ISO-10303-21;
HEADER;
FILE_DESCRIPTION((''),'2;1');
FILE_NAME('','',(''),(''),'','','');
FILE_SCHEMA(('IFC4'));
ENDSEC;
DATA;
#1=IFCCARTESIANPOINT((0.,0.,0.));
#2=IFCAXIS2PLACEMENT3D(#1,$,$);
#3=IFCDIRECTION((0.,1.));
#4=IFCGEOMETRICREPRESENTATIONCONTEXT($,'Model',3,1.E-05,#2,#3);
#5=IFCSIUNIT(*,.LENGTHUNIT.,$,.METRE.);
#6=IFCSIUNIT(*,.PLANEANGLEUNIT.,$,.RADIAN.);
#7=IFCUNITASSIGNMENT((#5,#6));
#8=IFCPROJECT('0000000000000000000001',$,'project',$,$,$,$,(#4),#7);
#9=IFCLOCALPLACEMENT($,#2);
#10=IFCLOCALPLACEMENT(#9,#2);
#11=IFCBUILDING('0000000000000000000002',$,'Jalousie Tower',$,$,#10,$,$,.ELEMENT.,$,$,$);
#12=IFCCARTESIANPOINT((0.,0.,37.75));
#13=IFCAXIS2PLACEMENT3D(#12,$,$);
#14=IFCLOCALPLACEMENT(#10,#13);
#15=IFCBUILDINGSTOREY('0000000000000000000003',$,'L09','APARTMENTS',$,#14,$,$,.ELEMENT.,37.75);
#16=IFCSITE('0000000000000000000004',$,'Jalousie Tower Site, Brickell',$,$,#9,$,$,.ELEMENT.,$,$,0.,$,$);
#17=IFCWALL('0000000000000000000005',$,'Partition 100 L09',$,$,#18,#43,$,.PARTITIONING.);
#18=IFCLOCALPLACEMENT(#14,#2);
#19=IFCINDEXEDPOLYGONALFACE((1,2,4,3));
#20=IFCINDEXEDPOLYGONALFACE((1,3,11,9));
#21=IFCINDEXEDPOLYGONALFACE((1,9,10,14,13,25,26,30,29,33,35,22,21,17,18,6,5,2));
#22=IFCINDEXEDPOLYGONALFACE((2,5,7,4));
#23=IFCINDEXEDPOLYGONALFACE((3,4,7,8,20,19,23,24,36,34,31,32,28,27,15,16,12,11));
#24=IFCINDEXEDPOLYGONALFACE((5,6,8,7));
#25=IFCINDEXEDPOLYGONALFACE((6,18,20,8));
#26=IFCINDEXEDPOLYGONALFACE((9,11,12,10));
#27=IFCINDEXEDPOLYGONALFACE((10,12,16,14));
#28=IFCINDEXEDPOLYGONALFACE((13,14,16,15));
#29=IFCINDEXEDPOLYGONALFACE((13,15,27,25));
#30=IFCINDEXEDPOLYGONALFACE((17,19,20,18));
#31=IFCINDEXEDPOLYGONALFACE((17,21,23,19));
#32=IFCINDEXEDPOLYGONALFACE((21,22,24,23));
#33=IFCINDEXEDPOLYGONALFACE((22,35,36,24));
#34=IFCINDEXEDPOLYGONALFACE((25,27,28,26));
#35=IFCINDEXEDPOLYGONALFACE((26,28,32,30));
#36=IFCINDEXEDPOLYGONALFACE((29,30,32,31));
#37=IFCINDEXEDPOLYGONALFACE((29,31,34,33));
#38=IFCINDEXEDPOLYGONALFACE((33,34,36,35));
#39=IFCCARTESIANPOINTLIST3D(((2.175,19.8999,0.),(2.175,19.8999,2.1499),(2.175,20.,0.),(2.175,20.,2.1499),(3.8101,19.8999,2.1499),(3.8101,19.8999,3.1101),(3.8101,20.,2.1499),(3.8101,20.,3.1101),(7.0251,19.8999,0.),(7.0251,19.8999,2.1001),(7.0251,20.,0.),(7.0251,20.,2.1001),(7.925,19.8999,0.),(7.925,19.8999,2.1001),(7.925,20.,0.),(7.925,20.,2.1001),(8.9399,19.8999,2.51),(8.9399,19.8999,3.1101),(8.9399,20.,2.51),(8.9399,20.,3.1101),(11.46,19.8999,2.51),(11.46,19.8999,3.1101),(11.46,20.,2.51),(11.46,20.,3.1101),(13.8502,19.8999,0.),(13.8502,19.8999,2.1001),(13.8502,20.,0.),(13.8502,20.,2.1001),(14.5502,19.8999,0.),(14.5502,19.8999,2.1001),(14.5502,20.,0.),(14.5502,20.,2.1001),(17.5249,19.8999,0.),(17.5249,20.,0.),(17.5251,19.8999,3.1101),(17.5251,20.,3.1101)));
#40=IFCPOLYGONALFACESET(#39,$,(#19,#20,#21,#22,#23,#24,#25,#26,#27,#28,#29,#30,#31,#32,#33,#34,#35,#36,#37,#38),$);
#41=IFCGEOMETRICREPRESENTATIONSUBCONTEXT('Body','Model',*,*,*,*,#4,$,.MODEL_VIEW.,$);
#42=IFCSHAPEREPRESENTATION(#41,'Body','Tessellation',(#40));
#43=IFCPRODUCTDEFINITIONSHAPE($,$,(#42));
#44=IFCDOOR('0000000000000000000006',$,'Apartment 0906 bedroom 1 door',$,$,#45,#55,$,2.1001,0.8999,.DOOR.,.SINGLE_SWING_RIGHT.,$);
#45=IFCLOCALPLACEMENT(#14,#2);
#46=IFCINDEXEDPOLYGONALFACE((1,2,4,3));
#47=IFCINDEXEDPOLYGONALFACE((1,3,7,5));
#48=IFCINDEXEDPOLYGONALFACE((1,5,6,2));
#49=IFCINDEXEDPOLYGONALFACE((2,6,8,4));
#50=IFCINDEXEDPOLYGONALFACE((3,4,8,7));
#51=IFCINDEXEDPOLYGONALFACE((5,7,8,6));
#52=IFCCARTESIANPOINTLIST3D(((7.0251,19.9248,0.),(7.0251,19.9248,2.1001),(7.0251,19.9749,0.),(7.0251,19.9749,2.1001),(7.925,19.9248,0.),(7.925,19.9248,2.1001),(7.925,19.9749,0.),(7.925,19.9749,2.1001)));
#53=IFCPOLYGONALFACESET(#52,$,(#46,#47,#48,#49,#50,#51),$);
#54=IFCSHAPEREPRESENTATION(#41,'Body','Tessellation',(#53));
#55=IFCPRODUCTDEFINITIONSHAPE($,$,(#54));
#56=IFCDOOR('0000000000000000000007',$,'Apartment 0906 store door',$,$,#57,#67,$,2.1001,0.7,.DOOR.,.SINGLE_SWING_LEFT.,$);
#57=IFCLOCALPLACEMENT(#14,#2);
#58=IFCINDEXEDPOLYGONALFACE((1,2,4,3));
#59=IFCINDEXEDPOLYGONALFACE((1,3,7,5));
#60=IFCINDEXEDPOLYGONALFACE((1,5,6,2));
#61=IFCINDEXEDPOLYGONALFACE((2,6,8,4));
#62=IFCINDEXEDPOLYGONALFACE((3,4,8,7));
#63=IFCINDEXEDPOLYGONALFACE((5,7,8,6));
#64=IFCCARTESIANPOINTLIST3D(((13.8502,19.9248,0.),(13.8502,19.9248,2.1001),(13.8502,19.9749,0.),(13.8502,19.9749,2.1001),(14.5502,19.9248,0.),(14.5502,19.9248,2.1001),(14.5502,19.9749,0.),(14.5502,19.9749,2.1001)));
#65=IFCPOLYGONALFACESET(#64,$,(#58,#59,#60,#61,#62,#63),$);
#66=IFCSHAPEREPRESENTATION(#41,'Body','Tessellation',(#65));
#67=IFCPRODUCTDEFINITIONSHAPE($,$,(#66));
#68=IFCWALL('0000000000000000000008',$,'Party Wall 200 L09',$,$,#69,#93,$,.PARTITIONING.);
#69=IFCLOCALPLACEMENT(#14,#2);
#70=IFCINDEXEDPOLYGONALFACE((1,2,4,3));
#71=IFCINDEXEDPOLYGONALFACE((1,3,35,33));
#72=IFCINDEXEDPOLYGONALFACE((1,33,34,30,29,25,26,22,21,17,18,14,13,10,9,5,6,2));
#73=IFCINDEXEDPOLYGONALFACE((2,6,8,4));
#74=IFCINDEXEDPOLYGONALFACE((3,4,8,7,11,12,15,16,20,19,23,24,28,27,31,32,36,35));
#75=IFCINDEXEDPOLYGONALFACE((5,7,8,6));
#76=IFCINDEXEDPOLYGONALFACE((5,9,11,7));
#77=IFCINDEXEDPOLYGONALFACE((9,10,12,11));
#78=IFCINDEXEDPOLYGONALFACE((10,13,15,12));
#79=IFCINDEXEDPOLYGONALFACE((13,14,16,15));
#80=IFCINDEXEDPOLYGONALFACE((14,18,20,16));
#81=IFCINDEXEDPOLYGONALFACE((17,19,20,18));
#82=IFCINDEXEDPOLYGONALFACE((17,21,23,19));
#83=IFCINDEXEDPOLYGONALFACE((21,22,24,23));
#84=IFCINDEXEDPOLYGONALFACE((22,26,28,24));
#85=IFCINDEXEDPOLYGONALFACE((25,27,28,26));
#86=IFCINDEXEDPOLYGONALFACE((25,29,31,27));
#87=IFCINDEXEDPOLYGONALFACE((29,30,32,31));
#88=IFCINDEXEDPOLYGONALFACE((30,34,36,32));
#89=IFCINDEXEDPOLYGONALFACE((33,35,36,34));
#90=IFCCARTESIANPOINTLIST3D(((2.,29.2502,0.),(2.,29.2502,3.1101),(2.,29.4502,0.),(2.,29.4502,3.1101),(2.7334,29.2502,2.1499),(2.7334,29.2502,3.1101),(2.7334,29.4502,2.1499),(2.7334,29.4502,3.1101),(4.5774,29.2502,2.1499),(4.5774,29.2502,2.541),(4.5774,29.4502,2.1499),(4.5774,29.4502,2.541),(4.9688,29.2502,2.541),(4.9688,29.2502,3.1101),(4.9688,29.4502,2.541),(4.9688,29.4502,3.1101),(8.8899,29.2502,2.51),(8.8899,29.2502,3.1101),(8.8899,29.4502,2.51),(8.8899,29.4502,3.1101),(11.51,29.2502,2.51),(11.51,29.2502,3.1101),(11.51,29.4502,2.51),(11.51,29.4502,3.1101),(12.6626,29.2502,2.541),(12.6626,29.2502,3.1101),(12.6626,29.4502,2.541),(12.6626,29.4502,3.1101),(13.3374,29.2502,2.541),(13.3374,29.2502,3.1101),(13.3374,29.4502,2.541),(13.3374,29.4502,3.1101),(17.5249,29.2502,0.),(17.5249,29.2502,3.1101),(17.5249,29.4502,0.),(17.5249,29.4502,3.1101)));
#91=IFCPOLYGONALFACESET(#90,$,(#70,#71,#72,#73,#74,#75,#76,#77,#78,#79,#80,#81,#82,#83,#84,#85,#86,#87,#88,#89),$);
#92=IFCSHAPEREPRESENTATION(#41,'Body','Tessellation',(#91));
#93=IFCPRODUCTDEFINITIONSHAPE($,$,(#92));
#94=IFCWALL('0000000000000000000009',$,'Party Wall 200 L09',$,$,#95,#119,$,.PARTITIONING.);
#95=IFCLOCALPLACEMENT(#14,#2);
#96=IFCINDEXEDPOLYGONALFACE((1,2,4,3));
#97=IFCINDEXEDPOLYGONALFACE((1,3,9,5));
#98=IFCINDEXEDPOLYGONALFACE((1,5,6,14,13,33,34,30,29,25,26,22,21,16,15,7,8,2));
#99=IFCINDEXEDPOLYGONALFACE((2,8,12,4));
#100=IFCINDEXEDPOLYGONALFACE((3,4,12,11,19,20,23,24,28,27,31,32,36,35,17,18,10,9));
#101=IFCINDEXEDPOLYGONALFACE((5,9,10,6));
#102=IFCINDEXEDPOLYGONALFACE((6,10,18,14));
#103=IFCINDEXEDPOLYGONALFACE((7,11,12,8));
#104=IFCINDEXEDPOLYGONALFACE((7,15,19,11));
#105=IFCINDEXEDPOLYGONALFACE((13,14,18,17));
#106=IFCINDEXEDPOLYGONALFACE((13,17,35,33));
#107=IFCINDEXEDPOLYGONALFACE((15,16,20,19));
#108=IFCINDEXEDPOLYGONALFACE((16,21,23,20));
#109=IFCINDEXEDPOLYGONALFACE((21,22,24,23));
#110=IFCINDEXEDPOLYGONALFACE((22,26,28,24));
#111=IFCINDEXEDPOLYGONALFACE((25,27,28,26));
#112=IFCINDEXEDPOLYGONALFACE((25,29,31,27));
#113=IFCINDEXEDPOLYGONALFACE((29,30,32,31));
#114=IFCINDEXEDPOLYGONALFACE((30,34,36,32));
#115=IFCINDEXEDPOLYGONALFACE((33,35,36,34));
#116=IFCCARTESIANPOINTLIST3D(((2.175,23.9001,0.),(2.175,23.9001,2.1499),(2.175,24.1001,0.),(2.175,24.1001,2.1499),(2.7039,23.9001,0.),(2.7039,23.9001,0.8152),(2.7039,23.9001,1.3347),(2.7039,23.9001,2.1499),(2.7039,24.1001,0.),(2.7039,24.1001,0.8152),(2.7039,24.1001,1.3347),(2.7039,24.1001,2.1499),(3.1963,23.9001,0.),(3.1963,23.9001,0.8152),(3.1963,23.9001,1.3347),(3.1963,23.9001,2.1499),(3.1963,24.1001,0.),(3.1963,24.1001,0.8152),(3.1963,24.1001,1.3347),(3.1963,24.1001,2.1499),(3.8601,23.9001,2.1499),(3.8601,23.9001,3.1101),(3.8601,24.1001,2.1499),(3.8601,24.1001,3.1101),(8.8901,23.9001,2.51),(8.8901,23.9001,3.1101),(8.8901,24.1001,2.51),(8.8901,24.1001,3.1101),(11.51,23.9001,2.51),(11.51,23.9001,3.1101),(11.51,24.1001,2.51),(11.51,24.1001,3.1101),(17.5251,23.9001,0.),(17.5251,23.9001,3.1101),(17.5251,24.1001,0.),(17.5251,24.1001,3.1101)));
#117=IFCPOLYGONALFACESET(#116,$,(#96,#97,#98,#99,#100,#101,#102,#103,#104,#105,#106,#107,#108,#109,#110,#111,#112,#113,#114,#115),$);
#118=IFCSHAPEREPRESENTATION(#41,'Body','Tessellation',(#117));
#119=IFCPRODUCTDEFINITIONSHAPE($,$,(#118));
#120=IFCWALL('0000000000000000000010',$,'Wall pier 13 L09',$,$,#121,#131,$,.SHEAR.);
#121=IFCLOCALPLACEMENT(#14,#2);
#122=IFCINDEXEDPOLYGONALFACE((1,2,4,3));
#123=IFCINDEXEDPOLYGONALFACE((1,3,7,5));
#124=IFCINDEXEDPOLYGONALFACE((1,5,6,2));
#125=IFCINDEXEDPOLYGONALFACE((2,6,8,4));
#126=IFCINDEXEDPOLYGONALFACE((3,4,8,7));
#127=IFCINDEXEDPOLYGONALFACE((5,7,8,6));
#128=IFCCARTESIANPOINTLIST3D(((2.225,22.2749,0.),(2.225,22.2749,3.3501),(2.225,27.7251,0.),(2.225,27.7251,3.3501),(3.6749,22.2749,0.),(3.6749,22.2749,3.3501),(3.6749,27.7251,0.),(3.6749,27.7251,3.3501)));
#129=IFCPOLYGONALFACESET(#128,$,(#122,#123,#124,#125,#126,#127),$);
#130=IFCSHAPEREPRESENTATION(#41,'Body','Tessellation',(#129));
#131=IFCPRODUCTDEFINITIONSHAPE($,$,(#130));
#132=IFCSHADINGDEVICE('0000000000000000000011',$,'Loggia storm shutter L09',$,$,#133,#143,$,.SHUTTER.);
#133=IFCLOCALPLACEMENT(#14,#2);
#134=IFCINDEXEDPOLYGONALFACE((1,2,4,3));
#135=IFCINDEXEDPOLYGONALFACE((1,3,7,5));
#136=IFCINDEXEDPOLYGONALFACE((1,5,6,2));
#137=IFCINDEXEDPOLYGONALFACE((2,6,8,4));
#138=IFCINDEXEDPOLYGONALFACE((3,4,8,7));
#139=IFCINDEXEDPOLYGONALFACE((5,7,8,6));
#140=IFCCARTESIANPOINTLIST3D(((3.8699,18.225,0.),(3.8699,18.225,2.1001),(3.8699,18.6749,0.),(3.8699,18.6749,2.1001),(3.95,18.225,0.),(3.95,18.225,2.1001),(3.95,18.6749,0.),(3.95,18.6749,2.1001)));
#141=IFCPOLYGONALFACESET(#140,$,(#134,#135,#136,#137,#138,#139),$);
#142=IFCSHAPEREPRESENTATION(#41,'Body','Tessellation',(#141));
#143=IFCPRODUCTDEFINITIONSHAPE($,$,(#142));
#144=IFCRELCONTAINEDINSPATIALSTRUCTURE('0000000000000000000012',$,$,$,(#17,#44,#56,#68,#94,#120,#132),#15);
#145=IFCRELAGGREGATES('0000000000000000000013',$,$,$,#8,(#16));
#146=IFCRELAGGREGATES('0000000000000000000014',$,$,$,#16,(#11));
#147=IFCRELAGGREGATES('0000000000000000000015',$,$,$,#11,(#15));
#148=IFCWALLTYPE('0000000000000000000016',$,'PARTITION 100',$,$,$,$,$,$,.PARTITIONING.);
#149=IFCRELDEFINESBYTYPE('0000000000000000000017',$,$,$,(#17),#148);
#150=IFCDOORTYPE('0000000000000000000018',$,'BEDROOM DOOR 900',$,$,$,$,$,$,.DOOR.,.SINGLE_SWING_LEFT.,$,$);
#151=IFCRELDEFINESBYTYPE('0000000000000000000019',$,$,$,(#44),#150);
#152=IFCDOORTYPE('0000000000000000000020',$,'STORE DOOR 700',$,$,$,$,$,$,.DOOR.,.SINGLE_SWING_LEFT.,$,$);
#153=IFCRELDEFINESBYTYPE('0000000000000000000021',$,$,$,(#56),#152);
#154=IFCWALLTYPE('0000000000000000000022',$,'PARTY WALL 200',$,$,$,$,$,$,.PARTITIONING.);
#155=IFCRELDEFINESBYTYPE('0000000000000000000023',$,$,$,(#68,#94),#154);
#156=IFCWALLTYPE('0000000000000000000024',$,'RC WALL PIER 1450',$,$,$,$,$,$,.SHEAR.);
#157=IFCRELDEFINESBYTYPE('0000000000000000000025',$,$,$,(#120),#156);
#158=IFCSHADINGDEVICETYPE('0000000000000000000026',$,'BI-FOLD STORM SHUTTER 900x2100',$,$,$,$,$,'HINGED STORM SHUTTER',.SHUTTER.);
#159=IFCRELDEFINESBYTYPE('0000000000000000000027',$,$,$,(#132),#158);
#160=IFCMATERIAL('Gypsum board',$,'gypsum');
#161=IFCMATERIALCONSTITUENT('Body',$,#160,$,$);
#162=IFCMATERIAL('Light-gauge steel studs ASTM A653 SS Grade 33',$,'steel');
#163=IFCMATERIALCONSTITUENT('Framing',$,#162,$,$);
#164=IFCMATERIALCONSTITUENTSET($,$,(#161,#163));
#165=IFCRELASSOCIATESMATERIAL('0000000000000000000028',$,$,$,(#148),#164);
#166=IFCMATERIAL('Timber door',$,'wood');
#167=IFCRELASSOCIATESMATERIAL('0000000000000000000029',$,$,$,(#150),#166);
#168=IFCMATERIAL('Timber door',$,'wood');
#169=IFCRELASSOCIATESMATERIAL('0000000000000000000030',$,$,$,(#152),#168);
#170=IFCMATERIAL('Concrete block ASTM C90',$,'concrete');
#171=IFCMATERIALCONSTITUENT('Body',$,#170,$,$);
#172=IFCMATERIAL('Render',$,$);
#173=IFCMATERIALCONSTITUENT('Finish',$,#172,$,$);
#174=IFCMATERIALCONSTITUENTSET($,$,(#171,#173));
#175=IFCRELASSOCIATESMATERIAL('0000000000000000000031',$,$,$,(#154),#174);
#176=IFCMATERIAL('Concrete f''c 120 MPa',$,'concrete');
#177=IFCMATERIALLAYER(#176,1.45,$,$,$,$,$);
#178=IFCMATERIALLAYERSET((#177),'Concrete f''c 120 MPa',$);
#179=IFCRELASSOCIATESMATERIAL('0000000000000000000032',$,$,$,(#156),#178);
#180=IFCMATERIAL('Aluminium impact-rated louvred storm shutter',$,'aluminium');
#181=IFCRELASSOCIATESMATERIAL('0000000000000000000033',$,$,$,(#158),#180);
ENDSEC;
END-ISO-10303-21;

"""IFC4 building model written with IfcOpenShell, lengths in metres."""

from ifc_helpers import new_model, si_unit, direction, frame, frame_2d, origin, origin_2d, place, context, subcontext, project, spatial, polyline, rectangle, outline, extrude, material, layer, layer_set, constituent, constituent_set, type_object, element, fill, save


model = new_model("IFC4")

# Units and contexts
model_context = context("Model", 3, precision=1e-05, world=origin(), true_north=direction((0.0, 1.0)))
body_context = subcontext(model_context, "Body", "Model", "MODEL_VIEW")
ifc_project = project(units=[si_unit("LENGTHUNIT", "METRE"), si_unit("PLANEANGLEUNIT", "RADIAN")], contexts=[model_context])

# Site, building, storey
site_placement = place(None, origin())
site = spatial("IfcSite", under=ifc_project, at=site_placement, Name="Jalousie Tower Site, Brickell", CompositionType="ELEMENT", RefElevation=0.0)
building_placement = place(site_placement, origin())
building = spatial("IfcBuilding", under=site, at=building_placement, Name="Jalousie Tower", CompositionType="ELEMENT")
storey_placement = place(building_placement, frame((0.0, 0.0, 37.75)))
storey = spatial("IfcBuildingStorey", under=building, at=storey_placement, Name="L09", Description="APARTMENTS", CompositionType="ELEMENT", Elevation=37.75)

# Wall, openings, doors
ifc_material_1 = material(Name="Gypsum board", Category="gypsum")
ifc_constituent_1 = constituent(ifc_material_1, Name="Body")
ifc_material_2 = material(Name="Light-gauge steel studs ASTM A653 SS Grade 33", Category="steel")
ifc_constituent_2 = constituent(ifc_material_2, Name="Framing")
ifc_constituent_set_1 = constituent_set(constituents=[ifc_constituent_1, ifc_constituent_2])
wall_type_1 = type_object("IfcWallType", Name="PARTITION 100", PredefinedType="PARTITIONING", material=ifc_constituent_set_1)
wall_1_placement = place(storey_placement, frame((2.175, 19.95, 0.0), z_axis=(0.0, 0.0, 1.0), x_axis=(1.0, 0.0, 0.0)))
wall_1 = element("IfcWall", 1, at=wall_1_placement, inside=storey, type_object=wall_type_1, Name="Partition 100 L09", PredefinedType="PARTITIONING", context=body_context, shape_type="SweptSolid", body=[
    extrude(outline(polyline([(0.0, 0.0), (15.3499, 0.0), (15.3501, 3.1101), (9.2849, 3.1101), (9.2849, 2.51), (6.7649, 2.51), (6.7649, 3.1101), (1.635, 3.1101), (1.635, 2.1499), (0.0, 2.1499), (0.0, 3.1101), (0.0, 0.0)])), frame((0.0, 0.05, 0.0), z_axis=(0.0, -1.0, 0.0), x_axis=(1.0, 0.0, 0.0)), (0.0, 0.0, 1.0), 0.1001),
])
opening_1_placement = place(wall_1_placement, frame((4.8501, 0.0, 0.0)))
opening_1 = element("IfcOpeningElement", 2, at=opening_1_placement, cuts=wall_1, PredefinedType="OPENING", context=body_context, shape_type="SweptSolid", body=[
    extrude(rectangle(XDim=0.8999, YDim=2.1001, at=frame_2d((0.45, 1.05))), frame((0.0, 0.0601, 0.0), z_axis=(0.0, -1.0, 0.0), x_axis=(1.0, 0.0, 0.0)), (0.0, 0.0, 1.0), 0.1201),
])
opening_2_placement = place(wall_1_placement, frame((11.675, 0.0, 0.0)))
opening_2 = element("IfcOpeningElement", 3, at=opening_2_placement, cuts=wall_1, PredefinedType="OPENING", context=body_context, shape_type="SweptSolid", body=[
    extrude(rectangle(XDim=0.7, YDim=2.1001, at=frame_2d((0.3501, 1.05))), frame((0.0, 0.0601, 0.0), z_axis=(0.0, -1.0, 0.0), x_axis=(1.0, 0.0, 0.0)), (0.0, 0.0, 1.0), 0.1201),
])
ifc_material_3 = material(Name="Timber door", Category="wood")
door_type_1 = type_object("IfcDoorType", Name="BEDROOM DOOR 900", OperationType="SINGLE_SWING_LEFT", PredefinedType="DOOR", material=ifc_material_3)
door_1_placement = place(opening_1_placement, origin())
door_1 = element("IfcDoor", 4, at=door_1_placement, inside=storey, type_object=door_type_1, Name="Apartment 0906 bedroom 1 door", OperationType="SINGLE_SWING_RIGHT", OverallHeight=2.1001, OverallWidth=0.8999, PredefinedType="DOOR", context=body_context, shape_type="SweptSolid", body=[
    extrude(rectangle(XDim=0.8999, YDim=2.1001, at=frame_2d((0.45, 1.05))), frame((0.0, 0.0249, 0.0), z_axis=(0.0, -1.0, 0.0), x_axis=(1.0, 0.0, 0.0)), (0.0, 0.0, 1.0), 0.05),
])
fill(opening_1, door_1)
ifc_material_4 = material(Name="Timber door", Category="wood")
door_type_2 = type_object("IfcDoorType", Name="STORE DOOR 700", OperationType="SINGLE_SWING_LEFT", PredefinedType="DOOR", material=ifc_material_4)
door_2_placement = place(opening_2_placement, origin())
door_2 = element("IfcDoor", 5, at=door_2_placement, inside=storey, type_object=door_type_2, Name="Apartment 0906 store door", OperationType="SINGLE_SWING_LEFT", OverallHeight=2.1001, OverallWidth=0.7, PredefinedType="DOOR", context=body_context, shape_type="SweptSolid", body=[
    extrude(rectangle(XDim=0.7, YDim=2.1001, at=frame_2d((0.3501, 1.05))), frame((0.0, 0.0249, 0.0), z_axis=(0.0, -1.0, 0.0), x_axis=(1.0, 0.0, 0.0)), (0.0, 0.0, 1.0), 0.05),
])
fill(opening_2, door_2)

# Walls
ifc_material_5 = material(Name="Concrete block ASTM C90", Category="concrete")
ifc_constituent_3 = constituent(ifc_material_5, Name="Body")
ifc_material_6 = material(Name="Render")
ifc_constituent_4 = constituent(ifc_material_6, Name="Finish")
ifc_constituent_set_2 = constituent_set(constituents=[ifc_constituent_3, ifc_constituent_4])
wall_type_2 = type_object("IfcWallType", Name="PARTY WALL 200", PredefinedType="PARTITIONING", material=ifc_constituent_set_2)
wall_2_placement = place(storey_placement, frame((2.0, 29.3501, 0.0), z_axis=(0.0, 0.0, 1.0), x_axis=(1.0, 0.0, 0.0)))
element("IfcWall", 6, at=wall_2_placement, inside=storey, type_object=wall_type_2, Name="Party Wall 200 L09", PredefinedType="PARTITIONING", context=body_context, shape_type="SweptSolid", body=[
    extrude(outline(polyline([(0.0, 0.0), (15.5249, 0.0), (15.5249, 3.1101), (11.3374, 3.1101), (11.3374, 2.541), (10.6626, 2.541), (10.6626, 3.1101), (9.51, 3.1101), (9.51, 2.51), (6.8899, 2.51), (6.8899, 3.1101), (2.9688, 3.1101), (2.9688, 2.541), (2.5774, 2.541), (2.5774, 2.1499), (0.7334, 2.1499), (0.7334, 3.1101), (0.0, 3.1101), (0.0, 0.0)])), frame((0.0, 0.1001, 0.0), z_axis=(0.0, -1.0, 0.0), x_axis=(1.0, 0.0, 0.0)), (0.0, 0.0, 1.0), 0.2),
])
wall_3_placement = place(storey_placement, frame((2.175, 24.0, 0.0), z_axis=(0.0, 0.0, 1.0), x_axis=(1.0, 0.0, 0.0)))
element("IfcWall", 7, at=wall_3_placement, inside=storey, type_object=wall_type_2, Name="Party Wall 200 L09", PredefinedType="PARTITIONING", context=body_context, shape_type="SweptSolid", body=[
    extrude(outline(polyline([(0.5288, 2.1499), (0.0, 2.1499), (0.0, 0.0), (0.5288, 0.0), (0.5288, 0.8152), (1.0212, 0.8152), (1.0212, 0.0), (15.3501, 0.0), (15.3501, 3.1101), (9.335, 3.1101), (9.335, 2.51), (6.7151, 2.51), (6.7151, 3.1101), (1.6851, 3.1101), (1.6851, 2.1499), (1.0212, 2.1499), (1.0212, 1.3347), (0.5288, 1.3347), (0.5288, 2.1499)])), frame((0.0, 0.1001, 0.0), z_axis=(0.0, -1.0, 0.0), x_axis=(1.0, 0.0, 0.0)), (0.0, 0.0, 1.0), 0.2),
])
ifc_material_7 = material(Name="Concrete f'c 120 MPa", Category="concrete")
ifc_layer_1 = layer(ifc_material_7, 1.45)
ifc_layer_set_1 = layer_set([ifc_layer_1], Name="Concrete f'c 120 MPa")
wall_type_3 = type_object("IfcWallType", Name="RC WALL PIER 1450", PredefinedType="SHEAR", material=ifc_layer_set_1)
wall_4_placement = place(storey_placement, frame((2.95, 22.2749, 0.0), z_axis=(0.0, 0.0, 1.0), x_axis=(0.0, 1.0, 0.0)))
element("IfcWall", 8, at=wall_4_placement, inside=storey, type_object=wall_type_3, Name="Wall pier 13 L09", PredefinedType="SHEAR", context=body_context, shape_type="SweptSolid", body=[
    extrude(rectangle(XDim=5.4502, YDim=1.45, at=frame_2d((2.7251, 0.0))), origin(), (0.0, 0.0, 1.0), 3.3501),
])

# Shading device
ifc_material_8 = material(Name="Aluminium impact-rated louvred storm shutter", Category="aluminium")
shading_device_type_1 = type_object("IfcShadingDeviceType", Name="BI-FOLD STORM SHUTTER 900x2100", ElementType="HINGED STORM SHUTTER", PredefinedType="SHUTTER", material=ifc_material_8)
shading_device_1_placement = place(storey_placement, frame((3.9099, 18.45, 0.0), z_axis=(0.0, 0.0, 1.0), x_axis=(0.0, -1.0, 0.0)))
element("IfcShadingDevice", 9, at=shading_device_1_placement, inside=storey, type_object=shading_device_type_1, Name="Loggia storm shutter L09", PredefinedType="SHUTTER", context=body_context, shape_type="SweptSolid", body=[
    extrude(rectangle(XDim=0.45, YDim=0.0801, at=origin_2d()), origin(), (0.0, 0.0, 1.0), 2.1001),
])

save(model, "model.ifc")
